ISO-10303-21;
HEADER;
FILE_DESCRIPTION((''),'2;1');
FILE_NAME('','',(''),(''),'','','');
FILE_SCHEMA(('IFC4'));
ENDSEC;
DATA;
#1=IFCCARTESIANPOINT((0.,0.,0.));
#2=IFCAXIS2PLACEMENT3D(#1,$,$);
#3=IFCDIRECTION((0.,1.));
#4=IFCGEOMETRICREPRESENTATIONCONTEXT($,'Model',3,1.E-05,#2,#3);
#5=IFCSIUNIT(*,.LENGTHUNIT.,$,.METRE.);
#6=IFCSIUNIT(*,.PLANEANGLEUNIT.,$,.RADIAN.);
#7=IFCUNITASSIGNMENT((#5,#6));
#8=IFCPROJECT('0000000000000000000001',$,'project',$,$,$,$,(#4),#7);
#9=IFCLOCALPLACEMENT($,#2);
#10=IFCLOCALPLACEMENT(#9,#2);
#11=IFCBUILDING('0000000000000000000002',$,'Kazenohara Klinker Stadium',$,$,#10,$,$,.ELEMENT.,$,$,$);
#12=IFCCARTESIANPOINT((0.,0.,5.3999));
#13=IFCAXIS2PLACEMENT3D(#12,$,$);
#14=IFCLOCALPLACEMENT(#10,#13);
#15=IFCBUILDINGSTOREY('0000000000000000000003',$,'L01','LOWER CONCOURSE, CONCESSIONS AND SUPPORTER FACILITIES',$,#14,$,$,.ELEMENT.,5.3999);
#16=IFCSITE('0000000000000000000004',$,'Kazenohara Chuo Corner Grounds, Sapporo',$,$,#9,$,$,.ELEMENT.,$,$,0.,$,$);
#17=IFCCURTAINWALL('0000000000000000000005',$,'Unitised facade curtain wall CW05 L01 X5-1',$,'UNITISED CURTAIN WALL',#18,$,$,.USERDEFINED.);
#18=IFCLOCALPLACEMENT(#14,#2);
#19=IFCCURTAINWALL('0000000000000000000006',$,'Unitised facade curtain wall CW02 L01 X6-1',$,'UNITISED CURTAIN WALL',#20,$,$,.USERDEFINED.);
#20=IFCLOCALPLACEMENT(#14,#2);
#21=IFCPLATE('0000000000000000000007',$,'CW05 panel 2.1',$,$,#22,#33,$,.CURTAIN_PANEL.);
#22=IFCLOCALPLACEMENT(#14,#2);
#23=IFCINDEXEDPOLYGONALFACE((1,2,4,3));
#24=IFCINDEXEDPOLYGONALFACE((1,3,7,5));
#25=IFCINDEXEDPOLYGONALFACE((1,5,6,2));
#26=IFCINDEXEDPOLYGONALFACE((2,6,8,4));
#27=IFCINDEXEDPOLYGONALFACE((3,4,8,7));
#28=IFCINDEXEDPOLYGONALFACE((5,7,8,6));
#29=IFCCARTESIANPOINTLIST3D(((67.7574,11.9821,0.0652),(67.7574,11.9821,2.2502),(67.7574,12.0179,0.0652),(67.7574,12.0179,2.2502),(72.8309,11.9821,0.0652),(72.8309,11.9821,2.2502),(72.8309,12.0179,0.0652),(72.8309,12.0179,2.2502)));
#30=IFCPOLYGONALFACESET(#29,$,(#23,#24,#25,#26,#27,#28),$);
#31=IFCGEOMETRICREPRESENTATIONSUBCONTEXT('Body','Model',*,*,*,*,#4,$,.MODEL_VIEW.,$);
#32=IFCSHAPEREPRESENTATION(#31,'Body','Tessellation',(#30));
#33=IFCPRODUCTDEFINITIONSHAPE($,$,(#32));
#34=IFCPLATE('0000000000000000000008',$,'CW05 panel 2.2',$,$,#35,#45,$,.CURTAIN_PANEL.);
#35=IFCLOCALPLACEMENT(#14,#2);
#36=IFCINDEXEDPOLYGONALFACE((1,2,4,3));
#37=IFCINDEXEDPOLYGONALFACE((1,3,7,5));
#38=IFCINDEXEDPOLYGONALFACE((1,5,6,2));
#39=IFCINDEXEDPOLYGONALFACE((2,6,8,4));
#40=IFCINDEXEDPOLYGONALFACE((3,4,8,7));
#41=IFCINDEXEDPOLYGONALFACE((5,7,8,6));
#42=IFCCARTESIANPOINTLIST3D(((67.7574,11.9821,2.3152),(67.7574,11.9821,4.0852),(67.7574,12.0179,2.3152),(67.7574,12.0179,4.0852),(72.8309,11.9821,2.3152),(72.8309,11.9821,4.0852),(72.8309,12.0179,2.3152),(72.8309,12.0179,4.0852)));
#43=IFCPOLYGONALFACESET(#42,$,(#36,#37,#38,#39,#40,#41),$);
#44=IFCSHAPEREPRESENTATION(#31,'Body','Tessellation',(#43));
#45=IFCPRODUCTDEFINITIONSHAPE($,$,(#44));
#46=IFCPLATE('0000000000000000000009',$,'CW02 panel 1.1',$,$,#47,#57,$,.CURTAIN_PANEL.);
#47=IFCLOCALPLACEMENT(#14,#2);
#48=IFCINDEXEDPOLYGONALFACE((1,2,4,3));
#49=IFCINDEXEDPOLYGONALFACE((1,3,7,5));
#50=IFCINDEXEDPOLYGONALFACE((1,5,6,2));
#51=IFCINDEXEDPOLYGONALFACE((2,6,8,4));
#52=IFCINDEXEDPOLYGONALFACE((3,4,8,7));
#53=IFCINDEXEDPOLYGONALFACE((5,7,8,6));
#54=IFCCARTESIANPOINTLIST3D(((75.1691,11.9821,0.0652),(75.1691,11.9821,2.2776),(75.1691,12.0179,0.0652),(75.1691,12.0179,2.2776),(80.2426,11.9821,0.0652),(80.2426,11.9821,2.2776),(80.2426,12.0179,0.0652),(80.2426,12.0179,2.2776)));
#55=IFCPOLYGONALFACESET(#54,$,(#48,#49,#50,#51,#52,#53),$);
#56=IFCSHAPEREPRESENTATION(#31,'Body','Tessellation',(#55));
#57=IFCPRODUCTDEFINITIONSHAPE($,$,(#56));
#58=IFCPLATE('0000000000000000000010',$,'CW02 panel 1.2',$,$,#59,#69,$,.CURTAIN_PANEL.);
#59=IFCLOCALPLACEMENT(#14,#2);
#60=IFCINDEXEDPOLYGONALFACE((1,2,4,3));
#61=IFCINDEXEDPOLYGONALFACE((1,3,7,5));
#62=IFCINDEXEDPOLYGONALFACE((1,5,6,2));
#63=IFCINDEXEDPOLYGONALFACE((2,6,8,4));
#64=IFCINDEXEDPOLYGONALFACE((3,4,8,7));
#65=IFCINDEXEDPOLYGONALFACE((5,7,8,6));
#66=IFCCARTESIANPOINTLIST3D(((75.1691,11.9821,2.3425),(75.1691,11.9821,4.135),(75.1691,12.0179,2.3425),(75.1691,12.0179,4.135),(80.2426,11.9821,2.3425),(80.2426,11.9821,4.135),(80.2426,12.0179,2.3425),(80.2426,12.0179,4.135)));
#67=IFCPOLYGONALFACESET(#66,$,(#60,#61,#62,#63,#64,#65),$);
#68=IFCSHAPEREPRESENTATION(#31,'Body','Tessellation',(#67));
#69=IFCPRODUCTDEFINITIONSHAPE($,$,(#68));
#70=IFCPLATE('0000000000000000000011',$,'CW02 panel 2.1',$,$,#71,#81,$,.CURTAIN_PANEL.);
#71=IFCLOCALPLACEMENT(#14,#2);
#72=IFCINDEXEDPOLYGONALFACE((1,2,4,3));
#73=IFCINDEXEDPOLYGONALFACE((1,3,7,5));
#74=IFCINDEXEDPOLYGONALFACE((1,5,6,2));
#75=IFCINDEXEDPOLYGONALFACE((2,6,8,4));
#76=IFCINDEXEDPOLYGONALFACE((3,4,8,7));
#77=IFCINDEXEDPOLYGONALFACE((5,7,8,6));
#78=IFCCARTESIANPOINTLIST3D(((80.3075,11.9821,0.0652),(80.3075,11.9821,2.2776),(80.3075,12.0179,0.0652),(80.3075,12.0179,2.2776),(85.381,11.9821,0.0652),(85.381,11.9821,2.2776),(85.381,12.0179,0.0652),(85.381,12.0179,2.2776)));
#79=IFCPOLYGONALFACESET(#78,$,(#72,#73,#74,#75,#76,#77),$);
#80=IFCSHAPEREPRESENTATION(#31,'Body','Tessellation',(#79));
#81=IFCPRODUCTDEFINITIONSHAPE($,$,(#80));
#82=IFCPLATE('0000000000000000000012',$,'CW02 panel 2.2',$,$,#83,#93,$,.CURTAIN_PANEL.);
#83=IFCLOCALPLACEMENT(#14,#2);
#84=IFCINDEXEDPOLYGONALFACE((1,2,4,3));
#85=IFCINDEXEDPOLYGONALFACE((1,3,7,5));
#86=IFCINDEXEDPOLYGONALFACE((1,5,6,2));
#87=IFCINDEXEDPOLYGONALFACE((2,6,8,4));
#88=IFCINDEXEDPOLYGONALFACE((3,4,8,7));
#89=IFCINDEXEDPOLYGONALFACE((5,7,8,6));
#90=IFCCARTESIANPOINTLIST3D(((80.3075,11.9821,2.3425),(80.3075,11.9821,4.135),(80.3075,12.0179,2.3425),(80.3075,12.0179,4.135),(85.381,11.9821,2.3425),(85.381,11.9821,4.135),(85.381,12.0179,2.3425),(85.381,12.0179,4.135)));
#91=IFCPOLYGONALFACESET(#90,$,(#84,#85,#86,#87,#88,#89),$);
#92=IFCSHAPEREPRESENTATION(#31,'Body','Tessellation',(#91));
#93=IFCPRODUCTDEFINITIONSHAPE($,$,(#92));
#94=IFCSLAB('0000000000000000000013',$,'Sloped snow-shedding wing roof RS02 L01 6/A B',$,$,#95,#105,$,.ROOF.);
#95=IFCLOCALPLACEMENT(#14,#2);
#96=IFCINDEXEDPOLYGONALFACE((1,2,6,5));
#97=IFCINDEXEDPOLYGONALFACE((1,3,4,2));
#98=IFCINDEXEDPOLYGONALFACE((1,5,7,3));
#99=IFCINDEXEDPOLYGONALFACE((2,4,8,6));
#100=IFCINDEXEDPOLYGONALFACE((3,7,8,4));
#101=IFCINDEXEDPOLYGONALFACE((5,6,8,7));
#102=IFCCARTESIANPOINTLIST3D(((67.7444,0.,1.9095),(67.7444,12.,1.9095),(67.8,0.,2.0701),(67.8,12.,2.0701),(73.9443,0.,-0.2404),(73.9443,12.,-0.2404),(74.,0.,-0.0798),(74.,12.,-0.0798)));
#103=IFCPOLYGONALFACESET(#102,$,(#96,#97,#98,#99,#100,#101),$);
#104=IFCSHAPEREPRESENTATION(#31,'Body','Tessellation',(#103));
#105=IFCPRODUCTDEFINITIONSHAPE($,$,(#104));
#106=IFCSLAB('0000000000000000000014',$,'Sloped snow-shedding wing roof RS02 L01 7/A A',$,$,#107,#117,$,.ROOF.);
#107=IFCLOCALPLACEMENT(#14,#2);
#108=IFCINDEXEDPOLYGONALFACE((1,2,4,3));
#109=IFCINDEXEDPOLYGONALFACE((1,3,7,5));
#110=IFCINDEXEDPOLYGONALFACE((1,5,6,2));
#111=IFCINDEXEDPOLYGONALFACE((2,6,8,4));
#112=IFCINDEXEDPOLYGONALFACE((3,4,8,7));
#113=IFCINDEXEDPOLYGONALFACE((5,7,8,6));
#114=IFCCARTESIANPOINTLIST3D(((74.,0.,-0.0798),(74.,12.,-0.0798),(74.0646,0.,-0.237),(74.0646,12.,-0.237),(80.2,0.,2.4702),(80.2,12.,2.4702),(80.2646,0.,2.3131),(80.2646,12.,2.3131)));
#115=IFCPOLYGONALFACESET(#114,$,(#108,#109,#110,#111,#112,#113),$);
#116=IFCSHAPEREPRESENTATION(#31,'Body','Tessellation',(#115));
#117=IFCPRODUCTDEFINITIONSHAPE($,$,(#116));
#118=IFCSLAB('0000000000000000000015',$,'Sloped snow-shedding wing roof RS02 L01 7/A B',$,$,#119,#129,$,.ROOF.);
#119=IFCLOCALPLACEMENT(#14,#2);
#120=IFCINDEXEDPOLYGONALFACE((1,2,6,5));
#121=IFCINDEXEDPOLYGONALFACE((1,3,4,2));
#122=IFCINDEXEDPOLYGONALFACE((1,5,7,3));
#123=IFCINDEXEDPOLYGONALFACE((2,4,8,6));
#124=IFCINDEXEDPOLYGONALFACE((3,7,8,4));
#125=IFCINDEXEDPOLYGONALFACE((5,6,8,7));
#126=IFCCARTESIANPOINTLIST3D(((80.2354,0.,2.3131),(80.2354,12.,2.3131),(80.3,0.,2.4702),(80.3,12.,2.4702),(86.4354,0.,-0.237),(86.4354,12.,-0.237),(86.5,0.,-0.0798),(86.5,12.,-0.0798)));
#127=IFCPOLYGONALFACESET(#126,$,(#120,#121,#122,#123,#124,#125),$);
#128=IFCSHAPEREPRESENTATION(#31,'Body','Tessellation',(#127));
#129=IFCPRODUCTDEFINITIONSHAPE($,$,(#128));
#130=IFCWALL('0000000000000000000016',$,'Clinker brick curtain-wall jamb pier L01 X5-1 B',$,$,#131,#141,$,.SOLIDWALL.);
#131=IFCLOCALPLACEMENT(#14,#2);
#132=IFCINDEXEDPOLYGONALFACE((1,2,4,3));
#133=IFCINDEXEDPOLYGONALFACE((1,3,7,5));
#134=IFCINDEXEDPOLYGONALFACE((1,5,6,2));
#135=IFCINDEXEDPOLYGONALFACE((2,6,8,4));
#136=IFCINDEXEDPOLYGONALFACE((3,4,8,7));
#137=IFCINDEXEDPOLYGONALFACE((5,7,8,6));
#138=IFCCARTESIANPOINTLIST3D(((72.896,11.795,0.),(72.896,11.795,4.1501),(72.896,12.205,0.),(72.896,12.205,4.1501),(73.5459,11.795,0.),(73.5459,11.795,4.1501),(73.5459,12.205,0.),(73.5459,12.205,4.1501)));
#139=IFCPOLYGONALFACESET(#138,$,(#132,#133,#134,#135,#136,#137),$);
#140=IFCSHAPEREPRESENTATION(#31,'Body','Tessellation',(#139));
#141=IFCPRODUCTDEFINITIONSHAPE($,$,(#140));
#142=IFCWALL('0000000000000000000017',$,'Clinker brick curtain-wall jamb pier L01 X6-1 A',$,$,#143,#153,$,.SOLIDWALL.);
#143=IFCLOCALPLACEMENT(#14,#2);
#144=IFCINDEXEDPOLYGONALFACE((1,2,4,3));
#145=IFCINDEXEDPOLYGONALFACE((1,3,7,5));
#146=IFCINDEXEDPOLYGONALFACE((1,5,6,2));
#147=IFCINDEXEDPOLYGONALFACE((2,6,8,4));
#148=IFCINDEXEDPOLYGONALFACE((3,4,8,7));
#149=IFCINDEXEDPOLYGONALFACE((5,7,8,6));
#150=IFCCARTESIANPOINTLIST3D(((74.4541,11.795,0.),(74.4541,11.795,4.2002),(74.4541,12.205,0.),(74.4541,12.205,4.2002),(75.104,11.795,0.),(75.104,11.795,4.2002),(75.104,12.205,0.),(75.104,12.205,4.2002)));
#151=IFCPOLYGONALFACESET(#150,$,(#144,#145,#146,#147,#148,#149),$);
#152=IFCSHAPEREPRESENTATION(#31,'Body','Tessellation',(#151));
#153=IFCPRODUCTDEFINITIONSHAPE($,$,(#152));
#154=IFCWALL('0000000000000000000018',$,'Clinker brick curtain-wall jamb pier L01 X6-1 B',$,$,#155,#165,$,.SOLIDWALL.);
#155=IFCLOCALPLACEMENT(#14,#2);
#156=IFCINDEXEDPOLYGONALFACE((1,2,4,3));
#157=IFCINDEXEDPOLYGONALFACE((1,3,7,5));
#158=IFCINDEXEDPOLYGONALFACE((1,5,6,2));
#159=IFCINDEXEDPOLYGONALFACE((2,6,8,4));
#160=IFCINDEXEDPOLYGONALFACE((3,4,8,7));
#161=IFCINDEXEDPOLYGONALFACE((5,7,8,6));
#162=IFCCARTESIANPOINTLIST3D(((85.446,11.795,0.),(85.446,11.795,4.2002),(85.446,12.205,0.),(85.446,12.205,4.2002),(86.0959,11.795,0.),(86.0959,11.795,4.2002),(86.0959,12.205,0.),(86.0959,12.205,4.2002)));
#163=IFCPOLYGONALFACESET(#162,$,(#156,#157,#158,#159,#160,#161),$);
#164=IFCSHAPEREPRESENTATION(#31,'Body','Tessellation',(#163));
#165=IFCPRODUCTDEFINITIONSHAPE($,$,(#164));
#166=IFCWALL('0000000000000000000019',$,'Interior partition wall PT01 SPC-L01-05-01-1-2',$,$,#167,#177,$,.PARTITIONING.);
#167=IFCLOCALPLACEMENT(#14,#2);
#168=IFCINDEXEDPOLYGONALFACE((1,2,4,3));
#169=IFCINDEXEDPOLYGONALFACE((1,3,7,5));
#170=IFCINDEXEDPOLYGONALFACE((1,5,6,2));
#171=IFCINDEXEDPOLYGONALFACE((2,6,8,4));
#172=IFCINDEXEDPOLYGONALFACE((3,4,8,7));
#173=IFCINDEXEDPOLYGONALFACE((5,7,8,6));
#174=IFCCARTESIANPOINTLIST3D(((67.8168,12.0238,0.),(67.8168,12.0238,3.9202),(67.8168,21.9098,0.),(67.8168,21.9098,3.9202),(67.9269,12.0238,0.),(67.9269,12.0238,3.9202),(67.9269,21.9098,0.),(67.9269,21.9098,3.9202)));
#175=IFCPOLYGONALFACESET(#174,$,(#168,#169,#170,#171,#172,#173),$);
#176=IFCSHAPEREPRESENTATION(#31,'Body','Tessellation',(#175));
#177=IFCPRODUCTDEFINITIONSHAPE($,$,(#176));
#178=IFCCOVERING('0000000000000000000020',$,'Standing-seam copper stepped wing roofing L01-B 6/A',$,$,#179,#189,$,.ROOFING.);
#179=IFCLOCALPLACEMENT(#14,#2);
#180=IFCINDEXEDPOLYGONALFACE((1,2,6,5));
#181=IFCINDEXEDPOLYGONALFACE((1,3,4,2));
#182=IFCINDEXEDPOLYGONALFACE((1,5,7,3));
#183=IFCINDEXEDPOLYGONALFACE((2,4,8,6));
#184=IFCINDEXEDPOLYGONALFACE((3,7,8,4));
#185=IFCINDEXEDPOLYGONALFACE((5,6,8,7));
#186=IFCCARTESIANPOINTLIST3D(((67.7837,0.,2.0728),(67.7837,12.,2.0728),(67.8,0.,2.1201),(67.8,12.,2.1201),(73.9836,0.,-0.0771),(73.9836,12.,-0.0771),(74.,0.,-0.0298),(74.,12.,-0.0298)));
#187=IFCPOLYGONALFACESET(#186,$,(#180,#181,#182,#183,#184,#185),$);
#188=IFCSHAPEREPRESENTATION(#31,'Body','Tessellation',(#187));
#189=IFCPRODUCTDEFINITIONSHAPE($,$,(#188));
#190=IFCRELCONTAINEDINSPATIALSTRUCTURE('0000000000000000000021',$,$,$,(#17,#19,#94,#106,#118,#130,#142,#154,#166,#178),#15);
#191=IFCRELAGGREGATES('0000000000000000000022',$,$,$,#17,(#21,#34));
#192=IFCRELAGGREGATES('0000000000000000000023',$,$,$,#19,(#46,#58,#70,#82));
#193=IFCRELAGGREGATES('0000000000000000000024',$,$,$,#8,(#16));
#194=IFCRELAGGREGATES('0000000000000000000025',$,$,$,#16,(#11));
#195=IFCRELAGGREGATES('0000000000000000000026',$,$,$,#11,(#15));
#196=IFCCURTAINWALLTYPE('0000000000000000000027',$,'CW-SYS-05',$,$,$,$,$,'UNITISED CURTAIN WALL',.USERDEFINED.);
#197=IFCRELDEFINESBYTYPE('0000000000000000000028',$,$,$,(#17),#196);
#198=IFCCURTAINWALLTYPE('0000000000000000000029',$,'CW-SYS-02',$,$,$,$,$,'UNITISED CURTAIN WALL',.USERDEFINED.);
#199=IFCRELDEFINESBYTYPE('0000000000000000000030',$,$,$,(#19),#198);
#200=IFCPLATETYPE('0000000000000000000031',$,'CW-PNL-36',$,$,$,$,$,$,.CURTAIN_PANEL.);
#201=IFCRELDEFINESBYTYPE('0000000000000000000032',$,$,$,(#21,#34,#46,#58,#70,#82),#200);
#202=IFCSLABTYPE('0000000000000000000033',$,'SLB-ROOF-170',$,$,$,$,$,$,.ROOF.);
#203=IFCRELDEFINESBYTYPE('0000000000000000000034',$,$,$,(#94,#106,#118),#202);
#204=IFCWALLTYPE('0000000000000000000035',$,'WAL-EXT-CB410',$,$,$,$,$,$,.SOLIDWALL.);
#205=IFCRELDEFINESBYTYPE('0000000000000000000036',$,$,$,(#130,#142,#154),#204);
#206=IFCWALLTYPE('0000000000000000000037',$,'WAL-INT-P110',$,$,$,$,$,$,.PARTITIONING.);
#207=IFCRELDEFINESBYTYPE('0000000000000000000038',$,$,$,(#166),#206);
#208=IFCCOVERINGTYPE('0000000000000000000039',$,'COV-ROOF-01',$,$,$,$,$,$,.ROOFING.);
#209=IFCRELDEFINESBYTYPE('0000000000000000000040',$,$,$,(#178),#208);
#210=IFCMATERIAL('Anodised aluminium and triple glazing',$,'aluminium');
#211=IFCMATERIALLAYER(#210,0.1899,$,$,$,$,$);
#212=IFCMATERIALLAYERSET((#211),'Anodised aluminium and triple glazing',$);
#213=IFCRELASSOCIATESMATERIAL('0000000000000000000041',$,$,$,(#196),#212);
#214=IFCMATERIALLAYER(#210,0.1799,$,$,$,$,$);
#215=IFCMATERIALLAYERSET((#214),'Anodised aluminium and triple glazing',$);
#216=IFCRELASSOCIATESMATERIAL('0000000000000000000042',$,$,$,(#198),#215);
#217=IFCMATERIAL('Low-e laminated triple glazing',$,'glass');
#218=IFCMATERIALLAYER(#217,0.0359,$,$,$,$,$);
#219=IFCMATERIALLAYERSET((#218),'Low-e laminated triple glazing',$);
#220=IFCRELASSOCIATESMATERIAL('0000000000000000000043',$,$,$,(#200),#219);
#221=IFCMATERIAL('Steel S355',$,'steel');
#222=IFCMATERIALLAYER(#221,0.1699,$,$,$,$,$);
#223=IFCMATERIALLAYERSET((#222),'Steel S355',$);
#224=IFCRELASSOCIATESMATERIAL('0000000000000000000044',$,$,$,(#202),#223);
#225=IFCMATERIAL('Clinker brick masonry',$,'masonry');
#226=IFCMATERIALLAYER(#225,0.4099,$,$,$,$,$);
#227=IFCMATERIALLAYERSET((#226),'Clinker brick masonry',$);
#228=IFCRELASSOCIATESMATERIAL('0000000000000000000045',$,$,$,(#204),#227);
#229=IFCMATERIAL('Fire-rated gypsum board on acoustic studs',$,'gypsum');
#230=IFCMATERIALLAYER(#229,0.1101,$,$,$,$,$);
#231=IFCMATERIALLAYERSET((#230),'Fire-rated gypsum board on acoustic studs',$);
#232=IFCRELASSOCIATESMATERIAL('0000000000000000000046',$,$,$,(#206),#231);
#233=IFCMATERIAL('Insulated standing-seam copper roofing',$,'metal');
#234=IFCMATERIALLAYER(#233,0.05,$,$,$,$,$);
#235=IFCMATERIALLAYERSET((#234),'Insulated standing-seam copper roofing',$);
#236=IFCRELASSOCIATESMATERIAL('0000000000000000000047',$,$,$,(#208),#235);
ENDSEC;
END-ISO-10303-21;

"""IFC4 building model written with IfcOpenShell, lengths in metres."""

from ifc_helpers import new_model, si_unit, direction, frame, frame_2d, origin, origin_2d, place, context, subcontext, project, spatial, polyline, rectangle, outline, extrude, material, layer, layer_set, type_object, element, aggregate, save


model = new_model("IFC4")

# Units and contexts
model_context = context("Model", 3, precision=1e-05, world=origin(), true_north=direction((0.0, 1.0)))
body_context = subcontext(model_context, "Body", "Model", "MODEL_VIEW")
ifc_project = project(units=[si_unit("LENGTHUNIT", "METRE"), si_unit("PLANEANGLEUNIT", "RADIAN")], contexts=[model_context])

# Site, building, storey
site_placement = place(None, origin())
site = spatial("IfcSite", under=ifc_project, at=site_placement, Name="Kazenohara Chuo Corner Grounds, Sapporo", CompositionType="ELEMENT", RefElevation=0.0)
building_placement = place(site_placement, origin())
building = spatial("IfcBuilding", under=site, at=building_placement, Name="Kazenohara Klinker Stadium", CompositionType="ELEMENT")
storey_placement = place(building_placement, frame((0.0, 0.0, 5.3999)))
storey = spatial("IfcBuildingStorey", under=building, at=storey_placement, Name="L01", Description="LOWER CONCOURSE, CONCESSIONS AND SUPPORTER FACILITIES", CompositionType="ELEMENT", Elevation=5.3999)

# Shared definitions
ifc_material_1 = material(Name="Steel S355", Category="steel")

# Curtain wall
ifc_material_2 = material(Name="Anodised aluminium and triple glazing", Category="aluminium")
ifc_layer_1 = layer(ifc_material_2, 0.1899)
ifc_layer_set_1 = layer_set([ifc_layer_1], Name="Anodised aluminium and triple glazing")
curtain_wall_type_1 = type_object("IfcCurtainWallType", Name="CW-SYS-05", ElementType="UNITISED CURTAIN WALL", PredefinedType="USERDEFINED", material=ifc_layer_set_1)
curtain_wall_1_placement = place(storey_placement, origin())
curtain_wall_1 = element("IfcCurtainWall", 1, at=curtain_wall_1_placement, inside=storey, type_object=curtain_wall_type_1, Name="Unitised facade curtain wall CW05 L01 X5-1", ObjectType="UNITISED CURTAIN WALL", PredefinedType="USERDEFINED")

# Curtain wall
ifc_layer_2 = layer(ifc_material_2, 0.1799)
ifc_layer_set_2 = layer_set([ifc_layer_2], Name="Anodised aluminium and triple glazing")
curtain_wall_type_2 = type_object("IfcCurtainWallType", Name="CW-SYS-02", ElementType="UNITISED CURTAIN WALL", PredefinedType="USERDEFINED", material=ifc_layer_set_2)
curtain_wall_2_placement = place(storey_placement, origin())
curtain_wall_2 = element("IfcCurtainWall", 2, at=curtain_wall_2_placement, inside=storey, type_object=curtain_wall_type_2, Name="Unitised facade curtain wall CW02 L01 X6-1", ObjectType="UNITISED CURTAIN WALL", PredefinedType="USERDEFINED")

# Plates
ifc_material_3 = material(Name="Low-e laminated triple glazing", Category="glass")
ifc_layer_3 = layer(ifc_material_3, 0.0359)
ifc_layer_set_3 = layer_set([ifc_layer_3], Name="Low-e laminated triple glazing")
plate_type = type_object("IfcPlateType", Name="CW-PNL-36", PredefinedType="CURTAIN_PANEL", material=ifc_layer_set_3)
plate_1_placement = place(storey_placement, frame((70.2942, 12.0, 0.0652), z_axis=(0.0, 0.0, 1.0), x_axis=(1.0, 0.0, 0.0)))
plate_1 = element("IfcPlate", 3, at=plate_1_placement, type_object=plate_type, Name="CW05 panel 2.1", PredefinedType="CURTAIN_PANEL", context=body_context, shape_type="SweptSolid", body=[
    extrude(rectangle(XDim=5.0735, YDim=0.0359, at=origin_2d()), origin(), (0.0, 0.0, 1.0), 2.1851),
])
plate_2_placement = place(storey_placement, frame((70.2942, 12.0, 2.3152), z_axis=(0.0, 0.0, 1.0), x_axis=(1.0, 0.0, 0.0)))
plate_2 = element("IfcPlate", 4, at=plate_2_placement, type_object=plate_type, Name="CW05 panel 2.2", PredefinedType="CURTAIN_PANEL", context=body_context, shape_type="SweptSolid", body=[
    extrude(rectangle(XDim=5.0735, YDim=0.0359, at=origin_2d()), origin(), (0.0, 0.0, 1.0), 1.77),
])
aggregate(curtain_wall_1, [plate_1, plate_2])
plate_3_placement = place(storey_placement, frame((77.7058, 12.0, 0.0652), z_axis=(0.0, 0.0, 1.0), x_axis=(1.0, 0.0, 0.0)))
plate_3 = element("IfcPlate", 5, at=plate_3_placement, type_object=plate_type, Name="CW02 panel 1.1", PredefinedType="CURTAIN_PANEL", context=body_context, shape_type="SweptSolid", body=[
    extrude(rectangle(XDim=5.0735, YDim=0.0359, at=origin_2d()), origin(), (0.0, 0.0, 1.0), 2.2124),
])
plate_4_placement = place(storey_placement, frame((77.7058, 12.0, 2.3425), z_axis=(0.0, 0.0, 1.0), x_axis=(1.0, 0.0, 0.0)))
plate_4 = element("IfcPlate", 6, at=plate_4_placement, type_object=plate_type, Name="CW02 panel 1.2", PredefinedType="CURTAIN_PANEL", context=body_context, shape_type="SweptSolid", body=[
    extrude(rectangle(XDim=5.0735, YDim=0.0359, at=origin_2d()), origin(), (0.0, 0.0, 1.0), 1.7925),
])
plate_5_placement = place(storey_placement, frame((82.8442, 12.0, 0.0652), z_axis=(0.0, 0.0, 1.0), x_axis=(1.0, 0.0, 0.0)))
plate_5 = element("IfcPlate", 7, at=plate_5_placement, type_object=plate_type, Name="CW02 panel 2.1", PredefinedType="CURTAIN_PANEL", context=body_context, shape_type="SweptSolid", body=[
    extrude(rectangle(XDim=5.0735, YDim=0.0359, at=origin_2d()), origin(), (0.0, 0.0, 1.0), 2.2124),
])
plate_6_placement = place(storey_placement, frame((82.8442, 12.0, 2.3425), z_axis=(0.0, 0.0, 1.0), x_axis=(1.0, 0.0, 0.0)))
plate_6 = element("IfcPlate", 8, at=plate_6_placement, type_object=plate_type, Name="CW02 panel 2.2", PredefinedType="CURTAIN_PANEL", context=body_context, shape_type="SweptSolid", body=[
    extrude(rectangle(XDim=5.0735, YDim=0.0359, at=origin_2d()), origin(), (0.0, 0.0, 1.0), 1.7925),
])
aggregate(curtain_wall_2, [plate_3, plate_4, plate_5, plate_6])

# Slabs
ifc_layer_4 = layer(ifc_material_1, 0.1699)
ifc_layer_set_4 = layer_set([ifc_layer_4], Name="Steel S355")
slab_type = type_object("IfcSlabType", Name="SLB-ROOF-170", PredefinedType="ROOF", material=ifc_layer_set_4)
slab_placement = place(storey_placement, frame((67.8, 0.0, 2.0701), z_axis=(0.327623, 0.0, 0.944809), x_axis=(0.944809, 0.0, -0.327623)))
element("IfcSlab", 9, at=slab_placement, inside=storey, type_object=slab_type, Name="Sloped snow-shedding wing roof RS02 L01 6/A B", PredefinedType="ROOF", context=body_context, shape_type="SweptSolid", body=[
    extrude(outline(polyline([(0.0, 0.0), (6.5621, 0.0), (6.5621, 12.0), (0.0, 12.0), (0.0, 0.0)])), origin(), (0.0, 0.0, -1.0), 0.1699),
])
for number, where, z_axis, x_axis, name in (
    (10, (74.0, 0.0, -0.0798), (-0.380383, 0.0, 0.924829), (0.924829, 0.0, 0.380383), "Sloped snow-shedding wing roof RS02 L01 7/A A"),
    (11, (80.3, 0.0, 2.4702), (0.380383, 0.0, 0.924829), (0.924829, 0.0, -0.380383), "Sloped snow-shedding wing roof RS02 L01 7/A B"),
):
    element("IfcSlab", number, at=place(storey_placement, frame(where, z_axis=z_axis, x_axis=x_axis)), inside=storey, type_object=slab_type, Name=name, PredefinedType="ROOF", context=body_context, shape_type="SweptSolid", body=[
        extrude(outline(polyline([(0.0, 0.0), (6.7039, 0.0), (6.7039, 12.0), (0.0, 12.0), (0.0, 0.0)])), origin(), (0.0, 0.0, -1.0), 0.1699),
    ])

# Walls
ifc_material_4 = material(Name="Clinker brick masonry", Category="masonry")
ifc_layer_5 = layer(ifc_material_4, 0.4099)
ifc_layer_set_5 = layer_set([ifc_layer_5], Name="Clinker brick masonry")
wall_type_1 = type_object("IfcWallType", Name="WAL-EXT-CB410", PredefinedType="SOLIDWALL", material=ifc_layer_set_5)
wall_1_placement = place(storey_placement, frame((72.896, 12.0, 0.0), z_axis=(0.0, 0.0, 1.0), x_axis=(1.0, 0.0, 0.0)))
element("IfcWall", 12, at=wall_1_placement, inside=storey, type_object=wall_type_1, Name="Clinker brick curtain-wall jamb pier L01 X5-1 B", PredefinedType="SOLIDWALL", context=body_context, shape_type="SweptSolid", body=[
    extrude(rectangle(XDim=0.6499, YDim=0.4099, at=frame_2d((0.325, 0.0))), origin(), (0.0, 0.0, 1.0), 4.1501),
])
for number, where, z_axis, x_axis, name in (
    (13, (74.4541, 12.0, 0.0), (0.0, 0.0, 1.0), (1.0, 0.0, 0.0), "Clinker brick curtain-wall jamb pier L01 X6-1 A"),
    (14, (85.446, 12.0, 0.0), (0.0, 0.0, 1.0), (1.0, 0.0, 0.0), "Clinker brick curtain-wall jamb pier L01 X6-1 B"),
):
    element("IfcWall", number, at=place(storey_placement, frame(where, z_axis=z_axis, x_axis=x_axis)), inside=storey, type_object=wall_type_1, Name=name, PredefinedType="SOLIDWALL", context=body_context, shape_type="SweptSolid", body=[
        extrude(rectangle(XDim=0.6499, YDim=0.4099, at=frame_2d((0.325, 0.0))), origin(), (0.0, 0.0, 1.0), 4.2002),
    ])
ifc_material_5 = material(Name="Fire-rated gypsum board on acoustic studs", Category="gypsum")
ifc_layer_6 = layer(ifc_material_5, 0.1101)
ifc_layer_set_6 = layer_set([ifc_layer_6], Name="Fire-rated gypsum board on acoustic studs")
wall_type_2 = type_object("IfcWallType", Name="WAL-INT-P110", PredefinedType="PARTITIONING", material=ifc_layer_set_6)
wall_2_placement = place(storey_placement, frame((67.8718, 12.0239, 0.0), z_axis=(0.0, 0.0, 1.0), x_axis=(0.0, 1.0, 0.0)))
element("IfcWall", 15, at=wall_2_placement, inside=storey, type_object=wall_type_2, Name="Interior partition wall PT01 SPC-L01-05-01-1-2", PredefinedType="PARTITIONING", context=body_context, shape_type="SweptSolid", body=[
    extrude(rectangle(XDim=9.886, YDim=0.1101, at=frame_2d((4.9429, 0.0))), origin(), (0.0, 0.0, 1.0), 3.9202),
])

# Covering
ifc_material_6 = material(Name="Insulated standing-seam copper roofing", Category="metal")
ifc_layer_7 = layer(ifc_material_6, 0.05)
ifc_layer_set_7 = layer_set([ifc_layer_7], Name="Insulated standing-seam copper roofing")
covering_type = type_object("IfcCoveringType", Name="COV-ROOF-01", PredefinedType="ROOFING", material=ifc_layer_set_7)
covering_placement = place(storey_placement, frame((67.8, 0.0, 2.1201), z_axis=(0.327623, 0.0, 0.944809), x_axis=(0.944809, 0.0, -0.327623)))
element("IfcCovering", 16, at=covering_placement, inside=storey, type_object=covering_type, Name="Standing-seam copper stepped wing roofing L01-B 6/A", PredefinedType="ROOFING", context=body_context, shape_type="SweptSolid", body=[
    extrude(outline(polyline([(0.0, 0.0), (6.5621, 0.0), (6.5621, 12.0), (0.0, 12.0), (0.0, 0.0)])), origin(), (0.0, 0.0, -1.0), 0.05),
])

save(model, "model.ifc")
